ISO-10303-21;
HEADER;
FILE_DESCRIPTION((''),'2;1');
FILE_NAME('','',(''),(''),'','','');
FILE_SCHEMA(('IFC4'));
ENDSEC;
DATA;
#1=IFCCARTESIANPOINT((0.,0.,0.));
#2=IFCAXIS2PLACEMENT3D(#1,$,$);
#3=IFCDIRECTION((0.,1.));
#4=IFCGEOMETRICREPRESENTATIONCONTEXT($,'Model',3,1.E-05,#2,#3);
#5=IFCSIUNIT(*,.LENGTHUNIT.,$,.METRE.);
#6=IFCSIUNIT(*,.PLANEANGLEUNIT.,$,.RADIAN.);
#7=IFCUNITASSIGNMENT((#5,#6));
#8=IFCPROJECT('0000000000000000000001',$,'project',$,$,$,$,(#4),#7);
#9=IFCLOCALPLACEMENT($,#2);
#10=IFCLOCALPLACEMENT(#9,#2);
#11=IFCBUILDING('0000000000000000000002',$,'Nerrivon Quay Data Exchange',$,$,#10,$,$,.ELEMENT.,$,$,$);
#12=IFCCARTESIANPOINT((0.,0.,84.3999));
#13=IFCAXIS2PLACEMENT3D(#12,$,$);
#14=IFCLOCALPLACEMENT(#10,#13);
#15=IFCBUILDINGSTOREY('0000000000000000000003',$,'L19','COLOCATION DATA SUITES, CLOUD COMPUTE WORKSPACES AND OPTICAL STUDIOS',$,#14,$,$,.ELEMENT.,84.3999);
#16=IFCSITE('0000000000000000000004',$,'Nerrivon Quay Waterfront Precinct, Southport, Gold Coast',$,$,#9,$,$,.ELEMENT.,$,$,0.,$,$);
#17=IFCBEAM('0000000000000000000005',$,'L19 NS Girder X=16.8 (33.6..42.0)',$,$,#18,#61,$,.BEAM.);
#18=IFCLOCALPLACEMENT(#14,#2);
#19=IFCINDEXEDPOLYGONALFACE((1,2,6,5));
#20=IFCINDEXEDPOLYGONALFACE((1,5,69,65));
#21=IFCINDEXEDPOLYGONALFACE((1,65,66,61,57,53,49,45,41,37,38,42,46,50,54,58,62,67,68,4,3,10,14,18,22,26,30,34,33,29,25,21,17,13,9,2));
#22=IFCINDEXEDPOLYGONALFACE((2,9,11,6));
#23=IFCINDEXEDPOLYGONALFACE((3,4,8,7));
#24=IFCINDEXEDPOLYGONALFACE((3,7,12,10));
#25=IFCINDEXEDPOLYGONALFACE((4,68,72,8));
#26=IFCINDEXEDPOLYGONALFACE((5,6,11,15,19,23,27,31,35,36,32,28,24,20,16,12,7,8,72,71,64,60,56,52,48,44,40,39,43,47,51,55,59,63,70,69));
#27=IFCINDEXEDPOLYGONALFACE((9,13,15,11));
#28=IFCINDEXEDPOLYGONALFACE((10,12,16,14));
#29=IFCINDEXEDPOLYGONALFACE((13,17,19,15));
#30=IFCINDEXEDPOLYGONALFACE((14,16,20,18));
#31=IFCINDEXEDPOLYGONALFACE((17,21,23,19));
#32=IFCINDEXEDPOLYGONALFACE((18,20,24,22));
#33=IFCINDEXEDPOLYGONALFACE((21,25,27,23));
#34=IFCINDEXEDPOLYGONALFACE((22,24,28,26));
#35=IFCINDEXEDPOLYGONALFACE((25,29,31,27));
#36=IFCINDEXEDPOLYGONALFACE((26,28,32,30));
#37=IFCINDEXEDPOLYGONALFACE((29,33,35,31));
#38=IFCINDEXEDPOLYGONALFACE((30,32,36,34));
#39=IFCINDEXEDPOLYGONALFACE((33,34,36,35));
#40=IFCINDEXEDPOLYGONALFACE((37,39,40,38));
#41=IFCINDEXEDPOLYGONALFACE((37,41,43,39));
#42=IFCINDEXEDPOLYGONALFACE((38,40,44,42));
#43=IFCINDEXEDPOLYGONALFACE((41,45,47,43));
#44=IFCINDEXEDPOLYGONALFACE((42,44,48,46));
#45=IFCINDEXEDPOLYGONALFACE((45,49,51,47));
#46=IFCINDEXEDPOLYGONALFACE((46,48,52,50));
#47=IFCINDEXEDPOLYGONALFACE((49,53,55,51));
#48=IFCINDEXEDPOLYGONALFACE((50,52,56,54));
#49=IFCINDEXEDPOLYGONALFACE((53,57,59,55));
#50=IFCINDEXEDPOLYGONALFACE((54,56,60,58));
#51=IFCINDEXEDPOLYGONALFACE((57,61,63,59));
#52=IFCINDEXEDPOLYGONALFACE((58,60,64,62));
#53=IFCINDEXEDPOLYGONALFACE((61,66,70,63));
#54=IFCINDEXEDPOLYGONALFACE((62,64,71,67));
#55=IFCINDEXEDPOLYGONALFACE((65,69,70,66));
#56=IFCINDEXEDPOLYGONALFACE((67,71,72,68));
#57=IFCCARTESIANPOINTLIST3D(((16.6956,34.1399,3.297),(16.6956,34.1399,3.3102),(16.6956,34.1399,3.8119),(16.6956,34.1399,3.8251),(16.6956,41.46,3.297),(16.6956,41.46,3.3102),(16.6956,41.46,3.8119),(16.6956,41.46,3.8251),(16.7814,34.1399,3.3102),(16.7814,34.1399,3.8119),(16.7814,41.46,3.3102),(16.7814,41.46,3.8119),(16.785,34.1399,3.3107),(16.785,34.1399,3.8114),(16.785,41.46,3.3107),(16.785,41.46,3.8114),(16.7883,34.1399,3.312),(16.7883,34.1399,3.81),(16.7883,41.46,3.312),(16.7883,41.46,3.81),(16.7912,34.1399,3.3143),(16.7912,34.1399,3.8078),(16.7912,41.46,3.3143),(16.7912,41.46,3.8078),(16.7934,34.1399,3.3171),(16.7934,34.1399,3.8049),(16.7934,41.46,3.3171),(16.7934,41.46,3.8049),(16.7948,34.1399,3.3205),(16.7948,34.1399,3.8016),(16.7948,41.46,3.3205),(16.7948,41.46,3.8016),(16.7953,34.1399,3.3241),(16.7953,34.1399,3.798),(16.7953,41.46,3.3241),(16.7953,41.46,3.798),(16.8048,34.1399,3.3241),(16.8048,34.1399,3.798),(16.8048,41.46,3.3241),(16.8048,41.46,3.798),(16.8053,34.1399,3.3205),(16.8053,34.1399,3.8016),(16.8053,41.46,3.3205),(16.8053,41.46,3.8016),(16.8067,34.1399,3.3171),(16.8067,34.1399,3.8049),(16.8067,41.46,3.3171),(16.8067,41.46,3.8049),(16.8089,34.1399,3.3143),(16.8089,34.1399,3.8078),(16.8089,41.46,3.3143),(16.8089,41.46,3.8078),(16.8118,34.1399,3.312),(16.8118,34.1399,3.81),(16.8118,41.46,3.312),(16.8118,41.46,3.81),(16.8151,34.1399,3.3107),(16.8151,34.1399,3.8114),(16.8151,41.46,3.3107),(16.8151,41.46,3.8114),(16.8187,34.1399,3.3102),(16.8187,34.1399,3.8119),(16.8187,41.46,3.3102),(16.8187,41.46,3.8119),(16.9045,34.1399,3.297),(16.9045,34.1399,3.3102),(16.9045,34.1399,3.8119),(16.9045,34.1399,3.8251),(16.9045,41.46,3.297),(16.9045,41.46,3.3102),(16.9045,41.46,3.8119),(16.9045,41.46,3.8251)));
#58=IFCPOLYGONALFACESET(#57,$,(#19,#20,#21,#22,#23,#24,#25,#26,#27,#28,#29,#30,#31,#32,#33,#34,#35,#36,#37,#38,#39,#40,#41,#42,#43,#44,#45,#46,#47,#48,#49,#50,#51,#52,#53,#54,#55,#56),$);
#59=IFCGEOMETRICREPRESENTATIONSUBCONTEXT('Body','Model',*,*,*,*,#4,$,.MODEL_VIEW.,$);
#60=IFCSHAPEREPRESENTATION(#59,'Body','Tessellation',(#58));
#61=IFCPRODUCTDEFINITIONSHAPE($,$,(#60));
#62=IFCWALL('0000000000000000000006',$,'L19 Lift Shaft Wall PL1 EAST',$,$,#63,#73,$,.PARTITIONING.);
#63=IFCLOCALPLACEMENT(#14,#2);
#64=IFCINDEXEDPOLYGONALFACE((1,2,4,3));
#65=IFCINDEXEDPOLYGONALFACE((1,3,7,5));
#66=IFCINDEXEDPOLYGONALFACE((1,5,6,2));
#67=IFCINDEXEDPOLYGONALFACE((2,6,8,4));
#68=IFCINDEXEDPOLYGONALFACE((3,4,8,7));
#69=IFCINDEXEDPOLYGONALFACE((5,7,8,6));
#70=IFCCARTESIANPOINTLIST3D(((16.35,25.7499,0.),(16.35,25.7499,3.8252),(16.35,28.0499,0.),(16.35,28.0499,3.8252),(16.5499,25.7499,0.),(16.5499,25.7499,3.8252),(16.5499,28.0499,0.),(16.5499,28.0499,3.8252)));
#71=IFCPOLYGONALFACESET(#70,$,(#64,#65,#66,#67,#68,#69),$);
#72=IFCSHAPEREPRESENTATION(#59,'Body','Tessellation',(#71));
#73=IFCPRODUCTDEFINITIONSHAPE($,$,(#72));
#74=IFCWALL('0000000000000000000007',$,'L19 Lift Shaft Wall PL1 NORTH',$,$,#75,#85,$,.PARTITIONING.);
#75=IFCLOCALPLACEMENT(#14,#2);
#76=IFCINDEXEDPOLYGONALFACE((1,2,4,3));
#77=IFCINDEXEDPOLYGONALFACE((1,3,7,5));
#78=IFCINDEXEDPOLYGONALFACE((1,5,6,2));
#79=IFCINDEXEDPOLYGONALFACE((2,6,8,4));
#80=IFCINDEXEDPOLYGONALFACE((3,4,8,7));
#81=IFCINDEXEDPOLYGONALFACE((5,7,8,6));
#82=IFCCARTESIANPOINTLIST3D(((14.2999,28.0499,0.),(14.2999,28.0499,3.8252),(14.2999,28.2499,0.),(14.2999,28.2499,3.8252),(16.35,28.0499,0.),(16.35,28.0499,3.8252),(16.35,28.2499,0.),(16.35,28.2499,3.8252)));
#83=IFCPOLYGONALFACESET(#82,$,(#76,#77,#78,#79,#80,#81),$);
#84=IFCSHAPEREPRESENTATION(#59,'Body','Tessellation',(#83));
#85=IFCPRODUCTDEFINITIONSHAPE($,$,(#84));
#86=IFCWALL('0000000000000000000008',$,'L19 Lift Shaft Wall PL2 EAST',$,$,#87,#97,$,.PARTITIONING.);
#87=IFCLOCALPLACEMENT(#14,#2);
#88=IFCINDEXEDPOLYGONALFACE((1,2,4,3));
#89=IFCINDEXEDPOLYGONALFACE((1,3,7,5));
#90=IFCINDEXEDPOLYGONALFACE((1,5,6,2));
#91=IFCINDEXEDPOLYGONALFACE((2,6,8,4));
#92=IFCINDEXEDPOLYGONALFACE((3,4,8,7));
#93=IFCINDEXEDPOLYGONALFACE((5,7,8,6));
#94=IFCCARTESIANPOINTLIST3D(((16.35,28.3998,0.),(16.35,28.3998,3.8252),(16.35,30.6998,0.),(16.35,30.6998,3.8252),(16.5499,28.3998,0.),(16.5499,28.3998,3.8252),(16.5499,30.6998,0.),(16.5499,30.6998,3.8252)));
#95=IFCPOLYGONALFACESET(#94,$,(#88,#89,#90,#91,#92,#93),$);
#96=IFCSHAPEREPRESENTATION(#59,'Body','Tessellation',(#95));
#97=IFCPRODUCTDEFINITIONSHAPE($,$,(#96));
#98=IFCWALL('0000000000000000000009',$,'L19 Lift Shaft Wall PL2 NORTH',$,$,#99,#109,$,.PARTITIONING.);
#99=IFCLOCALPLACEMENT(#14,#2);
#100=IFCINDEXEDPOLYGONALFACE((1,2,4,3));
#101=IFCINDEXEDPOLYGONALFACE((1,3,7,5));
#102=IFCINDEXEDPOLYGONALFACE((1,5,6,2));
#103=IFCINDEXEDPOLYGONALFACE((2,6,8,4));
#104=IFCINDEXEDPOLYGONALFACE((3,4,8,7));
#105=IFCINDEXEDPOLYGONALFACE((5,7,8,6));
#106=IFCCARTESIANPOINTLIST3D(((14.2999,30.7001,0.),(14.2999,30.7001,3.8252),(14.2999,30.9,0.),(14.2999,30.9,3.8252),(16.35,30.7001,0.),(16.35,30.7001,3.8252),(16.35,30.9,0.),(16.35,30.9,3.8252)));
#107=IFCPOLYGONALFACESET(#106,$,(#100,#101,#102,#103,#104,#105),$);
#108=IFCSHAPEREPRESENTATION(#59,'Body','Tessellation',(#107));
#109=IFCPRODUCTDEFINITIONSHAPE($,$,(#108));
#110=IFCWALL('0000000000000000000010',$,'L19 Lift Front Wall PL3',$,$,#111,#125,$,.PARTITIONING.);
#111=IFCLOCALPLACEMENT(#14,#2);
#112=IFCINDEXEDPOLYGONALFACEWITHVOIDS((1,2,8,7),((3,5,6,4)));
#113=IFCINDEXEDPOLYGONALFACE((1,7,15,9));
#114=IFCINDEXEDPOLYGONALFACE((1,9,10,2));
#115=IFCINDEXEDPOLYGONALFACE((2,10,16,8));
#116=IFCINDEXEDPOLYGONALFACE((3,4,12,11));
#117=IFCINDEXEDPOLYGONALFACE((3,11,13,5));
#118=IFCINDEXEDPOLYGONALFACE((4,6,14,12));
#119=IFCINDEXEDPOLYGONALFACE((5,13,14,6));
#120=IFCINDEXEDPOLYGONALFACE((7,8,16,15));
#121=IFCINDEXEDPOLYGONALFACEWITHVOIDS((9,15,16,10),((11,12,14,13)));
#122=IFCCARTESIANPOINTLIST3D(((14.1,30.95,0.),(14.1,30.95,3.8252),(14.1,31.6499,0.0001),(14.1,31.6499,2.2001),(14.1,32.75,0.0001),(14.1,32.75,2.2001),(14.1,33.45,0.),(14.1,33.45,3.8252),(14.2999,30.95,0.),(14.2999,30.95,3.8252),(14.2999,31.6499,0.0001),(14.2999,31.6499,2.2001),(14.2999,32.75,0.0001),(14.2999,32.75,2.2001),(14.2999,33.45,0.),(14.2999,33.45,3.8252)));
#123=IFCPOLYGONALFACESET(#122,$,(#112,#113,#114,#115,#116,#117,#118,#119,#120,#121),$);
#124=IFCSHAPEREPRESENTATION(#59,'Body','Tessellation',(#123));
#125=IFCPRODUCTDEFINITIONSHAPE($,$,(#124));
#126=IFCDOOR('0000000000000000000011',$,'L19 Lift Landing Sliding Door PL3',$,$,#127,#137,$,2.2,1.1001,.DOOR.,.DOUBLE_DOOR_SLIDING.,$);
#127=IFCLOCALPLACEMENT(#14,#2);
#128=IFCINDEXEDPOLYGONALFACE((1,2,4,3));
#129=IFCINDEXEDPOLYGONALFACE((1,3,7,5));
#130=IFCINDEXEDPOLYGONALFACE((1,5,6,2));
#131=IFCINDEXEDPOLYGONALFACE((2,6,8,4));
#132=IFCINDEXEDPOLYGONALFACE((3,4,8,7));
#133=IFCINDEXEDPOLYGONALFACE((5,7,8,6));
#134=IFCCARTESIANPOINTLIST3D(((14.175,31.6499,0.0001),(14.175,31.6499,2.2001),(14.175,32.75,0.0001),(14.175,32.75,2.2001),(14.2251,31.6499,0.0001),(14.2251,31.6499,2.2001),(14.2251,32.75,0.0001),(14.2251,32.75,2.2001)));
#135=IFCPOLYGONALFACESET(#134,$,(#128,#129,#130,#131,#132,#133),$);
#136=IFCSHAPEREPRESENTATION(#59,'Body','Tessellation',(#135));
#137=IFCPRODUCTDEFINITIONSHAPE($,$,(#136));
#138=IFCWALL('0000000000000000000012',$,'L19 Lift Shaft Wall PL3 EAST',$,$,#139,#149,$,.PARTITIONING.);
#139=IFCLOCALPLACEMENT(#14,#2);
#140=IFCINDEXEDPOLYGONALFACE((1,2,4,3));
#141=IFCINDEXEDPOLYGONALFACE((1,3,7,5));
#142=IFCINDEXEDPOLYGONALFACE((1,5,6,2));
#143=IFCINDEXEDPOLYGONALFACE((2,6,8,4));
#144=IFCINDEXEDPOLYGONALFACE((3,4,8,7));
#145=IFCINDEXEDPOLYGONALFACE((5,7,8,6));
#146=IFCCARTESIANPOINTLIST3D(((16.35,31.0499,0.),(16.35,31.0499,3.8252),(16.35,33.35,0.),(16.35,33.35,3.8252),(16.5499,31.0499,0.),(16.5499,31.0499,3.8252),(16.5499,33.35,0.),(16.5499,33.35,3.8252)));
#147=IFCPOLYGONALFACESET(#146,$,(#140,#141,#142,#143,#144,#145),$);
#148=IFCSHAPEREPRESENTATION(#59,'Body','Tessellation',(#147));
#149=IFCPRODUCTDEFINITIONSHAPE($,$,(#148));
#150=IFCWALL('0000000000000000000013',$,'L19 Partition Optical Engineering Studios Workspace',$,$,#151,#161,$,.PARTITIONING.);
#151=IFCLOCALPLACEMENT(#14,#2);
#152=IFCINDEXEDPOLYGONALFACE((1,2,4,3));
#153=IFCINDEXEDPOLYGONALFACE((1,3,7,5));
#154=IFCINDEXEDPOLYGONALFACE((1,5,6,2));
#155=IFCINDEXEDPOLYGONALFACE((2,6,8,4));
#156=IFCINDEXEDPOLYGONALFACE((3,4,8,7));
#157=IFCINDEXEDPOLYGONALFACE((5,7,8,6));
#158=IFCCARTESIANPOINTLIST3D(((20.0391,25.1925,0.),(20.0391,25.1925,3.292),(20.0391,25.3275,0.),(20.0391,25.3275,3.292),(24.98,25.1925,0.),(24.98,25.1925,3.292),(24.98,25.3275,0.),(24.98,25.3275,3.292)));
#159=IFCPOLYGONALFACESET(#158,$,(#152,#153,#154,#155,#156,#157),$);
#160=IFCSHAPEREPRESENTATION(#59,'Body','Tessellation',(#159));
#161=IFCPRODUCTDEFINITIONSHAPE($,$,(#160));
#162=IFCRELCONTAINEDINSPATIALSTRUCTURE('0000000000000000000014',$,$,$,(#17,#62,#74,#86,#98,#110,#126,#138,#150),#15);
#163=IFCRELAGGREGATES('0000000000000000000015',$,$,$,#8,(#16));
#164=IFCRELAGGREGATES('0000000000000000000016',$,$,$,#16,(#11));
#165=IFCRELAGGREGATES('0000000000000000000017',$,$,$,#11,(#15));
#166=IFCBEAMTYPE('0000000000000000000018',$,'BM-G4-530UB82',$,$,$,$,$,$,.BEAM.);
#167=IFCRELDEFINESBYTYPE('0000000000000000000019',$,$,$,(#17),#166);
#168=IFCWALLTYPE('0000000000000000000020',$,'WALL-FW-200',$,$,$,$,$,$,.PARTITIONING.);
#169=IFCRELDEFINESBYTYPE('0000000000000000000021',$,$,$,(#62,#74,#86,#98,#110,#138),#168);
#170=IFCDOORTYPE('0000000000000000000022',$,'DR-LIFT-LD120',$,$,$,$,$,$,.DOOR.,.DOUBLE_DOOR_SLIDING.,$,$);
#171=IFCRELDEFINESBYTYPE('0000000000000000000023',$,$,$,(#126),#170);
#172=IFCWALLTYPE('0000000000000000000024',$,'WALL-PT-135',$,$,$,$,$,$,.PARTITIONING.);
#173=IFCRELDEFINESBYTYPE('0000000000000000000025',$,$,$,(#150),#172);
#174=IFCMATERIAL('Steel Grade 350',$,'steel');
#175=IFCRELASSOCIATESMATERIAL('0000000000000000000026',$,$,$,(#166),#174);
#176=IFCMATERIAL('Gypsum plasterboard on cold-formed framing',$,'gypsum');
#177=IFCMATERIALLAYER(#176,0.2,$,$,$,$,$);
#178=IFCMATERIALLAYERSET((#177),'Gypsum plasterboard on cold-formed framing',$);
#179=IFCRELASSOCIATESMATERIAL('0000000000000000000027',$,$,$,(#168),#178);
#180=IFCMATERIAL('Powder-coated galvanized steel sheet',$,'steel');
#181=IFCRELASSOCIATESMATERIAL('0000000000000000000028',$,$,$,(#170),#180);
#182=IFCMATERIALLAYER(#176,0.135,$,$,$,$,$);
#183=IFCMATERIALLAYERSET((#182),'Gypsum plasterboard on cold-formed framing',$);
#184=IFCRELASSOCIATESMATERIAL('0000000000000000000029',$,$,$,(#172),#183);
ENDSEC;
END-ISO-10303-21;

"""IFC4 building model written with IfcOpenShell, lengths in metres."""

from ifc_helpers import new_model, si_unit, direction, frame, frame_2d, origin, origin_2d, place, context, subcontext, project, spatial, rectangle, i_section, extrude, material, layer, layer_set, material_profile, profile_set, type_object, element, fill, save


model = new_model("IFC4")

# Units and contexts
model_context = context("Model", 3, precision=1e-05, world=origin(), true_north=direction((0.0, 1.0)))
body_context = subcontext(model_context, "Body", "Model", "MODEL_VIEW")
ifc_project = project(units=[si_unit("LENGTHUNIT", "METRE"), si_unit("PLANEANGLEUNIT", "RADIAN")], contexts=[model_context])

# Site, building, storey
site_placement = place(None, origin())
site = spatial("IfcSite", under=ifc_project, at=site_placement, Name="Nerrivon Quay Waterfront Precinct, Southport, Gold Coast", CompositionType="ELEMENT", RefElevation=0.0)
building_placement = place(site_placement, origin())
building = spatial("IfcBuilding", under=site, at=building_placement, Name="Nerrivon Quay Data Exchange", CompositionType="ELEMENT")
storey_placement = place(building_placement, frame((0.0, 0.0, 84.3999)))
storey = spatial("IfcBuildingStorey", under=building, at=storey_placement, Name="L19", Description="COLOCATION DATA SUITES, CLOUD COMPUTE WORKSPACES AND OPTICAL STUDIOS", CompositionType="ELEMENT", Elevation=84.3999)

# Beam
ifc_material_1 = material(Name="Steel Grade 350", Category="steel")
ifc_material_profile_1 = material_profile(ifc_material_1, i_section(OverallWidth=0.209, OverallDepth=0.5281, WebThickness=0.0095, FlangeThickness=0.0132, FilletRadius=0.0139, at=origin_2d()), Name="530UB82.0")
ifc_profile_set_1 = profile_set([ifc_material_profile_1], Name="Steel Grade 350")
beam_type_1 = type_object("IfcBeamType", Name="BM-G4-530UB82", PredefinedType="BEAM", material=ifc_profile_set_1)
for number, where, z_axis, x_axis, name in (
    (1, (16.8, 34.1399, 3.561), (0.0, 1.0, 0.0), (-1.0, 0.0, 0.0), "L19 NS Girder X=16.8 (33.6..42.0)"),
):
    element("IfcBeam", number, at=place(storey_placement, frame(where, z_axis=z_axis, x_axis=x_axis)), inside=storey, type_object=beam_type_1, Name=name, PredefinedType="BEAM", context=body_context, shape_type="SweptSolid", body=[
        extrude(i_section(OverallWidth=0.209, OverallDepth=0.5281, WebThickness=0.0095, FlangeThickness=0.0132, FilletRadius=0.0139, at=origin_2d()), origin(), (0.0, 0.0, 1.0), 7.3201),
    ])

# Shared definitions
ifc_material_2 = material(Name="Powder-coated galvanized steel sheet", Category="steel")

# Walls
ifc_material_3 = material(Name="Gypsum plasterboard on cold-formed framing", Category="gypsum")
ifc_layer_1 = layer(ifc_material_3, 0.2)
ifc_layer_set_1 = layer_set([ifc_layer_1], Name="Gypsum plasterboard on cold-formed framing")
wall_type_1 = type_object("IfcWallType", Name="WALL-FW-200", PredefinedType="PARTITIONING", material=ifc_layer_set_1)
wall_1_placement = place(storey_placement, frame((16.45, 25.75, 0.0), z_axis=(0.0, 0.0, 1.0), x_axis=(0.0, 1.0, 0.0)))
element("IfcWall", 2, at=wall_1_placement, inside=storey, type_object=wall_type_1, Name="L19 Lift Shaft Wall PL1 EAST", PredefinedType="PARTITIONING", context=body_context, shape_type="SweptSolid", body=[
    extrude(rectangle(XDim=2.3, YDim=0.2, at=frame_2d((1.1499, 0.0))), origin(), (0.0, 0.0, 1.0), 3.8252),
])
wall_2_placement = place(storey_placement, frame((14.3, 28.1499, 0.0), z_axis=(0.0, 0.0, 1.0), x_axis=(1.0, 0.0, 0.0)))
element("IfcWall", 3, at=wall_2_placement, inside=storey, type_object=wall_type_1, Name="L19 Lift Shaft Wall PL1 NORTH", PredefinedType="PARTITIONING", context=body_context, shape_type="SweptSolid", body=[
    extrude(rectangle(XDim=2.05, YDim=0.2, at=frame_2d((1.0249, 0.0))), origin(), (0.0, 0.0, 1.0), 3.8252),
])
wall_3_placement = place(storey_placement, frame((16.45, 28.3999, 0.0), z_axis=(0.0, 0.0, 1.0), x_axis=(0.0, 1.0, 0.0)))
element("IfcWall", 4, at=wall_3_placement, inside=storey, type_object=wall_type_1, Name="L19 Lift Shaft Wall PL2 EAST", PredefinedType="PARTITIONING", context=body_context, shape_type="SweptSolid", body=[
    extrude(rectangle(XDim=2.3, YDim=0.2, at=frame_2d((1.1499, 0.0))), origin(), (0.0, 0.0, 1.0), 3.8252),
])
wall_4_placement = place(storey_placement, frame((14.3, 30.8, 0.0), z_axis=(0.0, 0.0, 1.0), x_axis=(1.0, 0.0, 0.0)))
element("IfcWall", 5, at=wall_4_placement, inside=storey, type_object=wall_type_1, Name="L19 Lift Shaft Wall PL2 NORTH", PredefinedType="PARTITIONING", context=body_context, shape_type="SweptSolid", body=[
    extrude(rectangle(XDim=2.05, YDim=0.2, at=frame_2d((1.0249, 0.0))), origin(), (0.0, 0.0, 1.0), 3.8252),
])

# Wall, opening, door
wall_5_placement = place(storey_placement, frame((14.2, 30.95, 0.0), z_axis=(0.0, 0.0, 1.0), x_axis=(0.0, 1.0, 0.0)))
wall_5 = element("IfcWall", 6, at=wall_5_placement, inside=storey, type_object=wall_type_1, Name="L19 Lift Front Wall PL3", PredefinedType="PARTITIONING", context=body_context, shape_type="SweptSolid", body=[
    extrude(rectangle(XDim=2.5, YDim=0.2, at=frame_2d((1.25, 0.0))), origin(), (0.0, 0.0, 1.0), 3.8252),
])
opening_1_placement = place(wall_5_placement, frame((0.7, 0.0, 0.0)))
opening_1 = element("IfcOpeningElement", 7, at=opening_1_placement, cuts=wall_5, PredefinedType="OPENING", context=body_context, shape_type="SweptSolid", body=[
    extrude(rectangle(XDim=1.1001, YDim=2.2, at=frame_2d((0.55, 1.1001))), frame((0.0, 0.1099, 0.0), z_axis=(0.0, -1.0, 0.0), x_axis=(1.0, 0.0, 0.0)), (0.0, 0.0, 1.0), 0.22),
])
door_type_1 = type_object("IfcDoorType", Name="DR-LIFT-LD120", OperationType="DOUBLE_DOOR_SLIDING", PredefinedType="DOOR", material=ifc_material_2)
door_1_placement = place(opening_1_placement, origin())
door_1 = element("IfcDoor", 8, at=door_1_placement, inside=storey, type_object=door_type_1, Name="L19 Lift Landing Sliding Door PL3", OperationType="DOUBLE_DOOR_SLIDING", OverallHeight=2.2, OverallWidth=1.1001, PredefinedType="DOOR", context=body_context, shape_type="SweptSolid", body=[
    extrude(rectangle(XDim=1.1001, YDim=2.2, at=frame_2d((0.55, 1.1001))), frame((0.0, 0.0249, 0.0), z_axis=(0.0, -1.0, 0.0), x_axis=(1.0, 0.0, 0.0)), (0.0, 0.0, 1.0), 0.05),
])
fill(opening_1, door_1)

# Walls
wall_6_placement = place(storey_placement, frame((16.45, 31.05, 0.0), z_axis=(0.0, 0.0, 1.0), x_axis=(0.0, 1.0, 0.0)))
element("IfcWall", 9, at=wall_6_placement, inside=storey, type_object=wall_type_1, Name="L19 Lift Shaft Wall PL3 EAST", PredefinedType="PARTITIONING", context=body_context, shape_type="SweptSolid", body=[
    extrude(rectangle(XDim=2.3, YDim=0.2, at=frame_2d((1.1499, 0.0))), origin(), (0.0, 0.0, 1.0), 3.8252),
])
ifc_layer_2 = layer(ifc_material_3, 0.135)
ifc_layer_set_2 = layer_set([ifc_layer_2], Name="Gypsum plasterboard on cold-formed framing")
wall_type_2 = type_object("IfcWallType", Name="WALL-PT-135", PredefinedType="PARTITIONING", material=ifc_layer_set_2)
wall_7_placement = place(storey_placement, frame((20.0391, 25.26, 0.0), z_axis=(0.0, 0.0, 1.0), x_axis=(1.0, 0.0, 0.0)))
element("IfcWall", 10, at=wall_7_placement, inside=storey, type_object=wall_type_2, Name="L19 Partition Optical Engineering Studios Workspace", PredefinedType="PARTITIONING", context=body_context, shape_type="SweptSolid", body=[
    extrude(rectangle(XDim=4.9409, YDim=0.135, at=frame_2d((2.4705, 0.0))), origin(), (0.0, 0.0, 1.0), 3.292),
])

save(model, "model.ifc")
